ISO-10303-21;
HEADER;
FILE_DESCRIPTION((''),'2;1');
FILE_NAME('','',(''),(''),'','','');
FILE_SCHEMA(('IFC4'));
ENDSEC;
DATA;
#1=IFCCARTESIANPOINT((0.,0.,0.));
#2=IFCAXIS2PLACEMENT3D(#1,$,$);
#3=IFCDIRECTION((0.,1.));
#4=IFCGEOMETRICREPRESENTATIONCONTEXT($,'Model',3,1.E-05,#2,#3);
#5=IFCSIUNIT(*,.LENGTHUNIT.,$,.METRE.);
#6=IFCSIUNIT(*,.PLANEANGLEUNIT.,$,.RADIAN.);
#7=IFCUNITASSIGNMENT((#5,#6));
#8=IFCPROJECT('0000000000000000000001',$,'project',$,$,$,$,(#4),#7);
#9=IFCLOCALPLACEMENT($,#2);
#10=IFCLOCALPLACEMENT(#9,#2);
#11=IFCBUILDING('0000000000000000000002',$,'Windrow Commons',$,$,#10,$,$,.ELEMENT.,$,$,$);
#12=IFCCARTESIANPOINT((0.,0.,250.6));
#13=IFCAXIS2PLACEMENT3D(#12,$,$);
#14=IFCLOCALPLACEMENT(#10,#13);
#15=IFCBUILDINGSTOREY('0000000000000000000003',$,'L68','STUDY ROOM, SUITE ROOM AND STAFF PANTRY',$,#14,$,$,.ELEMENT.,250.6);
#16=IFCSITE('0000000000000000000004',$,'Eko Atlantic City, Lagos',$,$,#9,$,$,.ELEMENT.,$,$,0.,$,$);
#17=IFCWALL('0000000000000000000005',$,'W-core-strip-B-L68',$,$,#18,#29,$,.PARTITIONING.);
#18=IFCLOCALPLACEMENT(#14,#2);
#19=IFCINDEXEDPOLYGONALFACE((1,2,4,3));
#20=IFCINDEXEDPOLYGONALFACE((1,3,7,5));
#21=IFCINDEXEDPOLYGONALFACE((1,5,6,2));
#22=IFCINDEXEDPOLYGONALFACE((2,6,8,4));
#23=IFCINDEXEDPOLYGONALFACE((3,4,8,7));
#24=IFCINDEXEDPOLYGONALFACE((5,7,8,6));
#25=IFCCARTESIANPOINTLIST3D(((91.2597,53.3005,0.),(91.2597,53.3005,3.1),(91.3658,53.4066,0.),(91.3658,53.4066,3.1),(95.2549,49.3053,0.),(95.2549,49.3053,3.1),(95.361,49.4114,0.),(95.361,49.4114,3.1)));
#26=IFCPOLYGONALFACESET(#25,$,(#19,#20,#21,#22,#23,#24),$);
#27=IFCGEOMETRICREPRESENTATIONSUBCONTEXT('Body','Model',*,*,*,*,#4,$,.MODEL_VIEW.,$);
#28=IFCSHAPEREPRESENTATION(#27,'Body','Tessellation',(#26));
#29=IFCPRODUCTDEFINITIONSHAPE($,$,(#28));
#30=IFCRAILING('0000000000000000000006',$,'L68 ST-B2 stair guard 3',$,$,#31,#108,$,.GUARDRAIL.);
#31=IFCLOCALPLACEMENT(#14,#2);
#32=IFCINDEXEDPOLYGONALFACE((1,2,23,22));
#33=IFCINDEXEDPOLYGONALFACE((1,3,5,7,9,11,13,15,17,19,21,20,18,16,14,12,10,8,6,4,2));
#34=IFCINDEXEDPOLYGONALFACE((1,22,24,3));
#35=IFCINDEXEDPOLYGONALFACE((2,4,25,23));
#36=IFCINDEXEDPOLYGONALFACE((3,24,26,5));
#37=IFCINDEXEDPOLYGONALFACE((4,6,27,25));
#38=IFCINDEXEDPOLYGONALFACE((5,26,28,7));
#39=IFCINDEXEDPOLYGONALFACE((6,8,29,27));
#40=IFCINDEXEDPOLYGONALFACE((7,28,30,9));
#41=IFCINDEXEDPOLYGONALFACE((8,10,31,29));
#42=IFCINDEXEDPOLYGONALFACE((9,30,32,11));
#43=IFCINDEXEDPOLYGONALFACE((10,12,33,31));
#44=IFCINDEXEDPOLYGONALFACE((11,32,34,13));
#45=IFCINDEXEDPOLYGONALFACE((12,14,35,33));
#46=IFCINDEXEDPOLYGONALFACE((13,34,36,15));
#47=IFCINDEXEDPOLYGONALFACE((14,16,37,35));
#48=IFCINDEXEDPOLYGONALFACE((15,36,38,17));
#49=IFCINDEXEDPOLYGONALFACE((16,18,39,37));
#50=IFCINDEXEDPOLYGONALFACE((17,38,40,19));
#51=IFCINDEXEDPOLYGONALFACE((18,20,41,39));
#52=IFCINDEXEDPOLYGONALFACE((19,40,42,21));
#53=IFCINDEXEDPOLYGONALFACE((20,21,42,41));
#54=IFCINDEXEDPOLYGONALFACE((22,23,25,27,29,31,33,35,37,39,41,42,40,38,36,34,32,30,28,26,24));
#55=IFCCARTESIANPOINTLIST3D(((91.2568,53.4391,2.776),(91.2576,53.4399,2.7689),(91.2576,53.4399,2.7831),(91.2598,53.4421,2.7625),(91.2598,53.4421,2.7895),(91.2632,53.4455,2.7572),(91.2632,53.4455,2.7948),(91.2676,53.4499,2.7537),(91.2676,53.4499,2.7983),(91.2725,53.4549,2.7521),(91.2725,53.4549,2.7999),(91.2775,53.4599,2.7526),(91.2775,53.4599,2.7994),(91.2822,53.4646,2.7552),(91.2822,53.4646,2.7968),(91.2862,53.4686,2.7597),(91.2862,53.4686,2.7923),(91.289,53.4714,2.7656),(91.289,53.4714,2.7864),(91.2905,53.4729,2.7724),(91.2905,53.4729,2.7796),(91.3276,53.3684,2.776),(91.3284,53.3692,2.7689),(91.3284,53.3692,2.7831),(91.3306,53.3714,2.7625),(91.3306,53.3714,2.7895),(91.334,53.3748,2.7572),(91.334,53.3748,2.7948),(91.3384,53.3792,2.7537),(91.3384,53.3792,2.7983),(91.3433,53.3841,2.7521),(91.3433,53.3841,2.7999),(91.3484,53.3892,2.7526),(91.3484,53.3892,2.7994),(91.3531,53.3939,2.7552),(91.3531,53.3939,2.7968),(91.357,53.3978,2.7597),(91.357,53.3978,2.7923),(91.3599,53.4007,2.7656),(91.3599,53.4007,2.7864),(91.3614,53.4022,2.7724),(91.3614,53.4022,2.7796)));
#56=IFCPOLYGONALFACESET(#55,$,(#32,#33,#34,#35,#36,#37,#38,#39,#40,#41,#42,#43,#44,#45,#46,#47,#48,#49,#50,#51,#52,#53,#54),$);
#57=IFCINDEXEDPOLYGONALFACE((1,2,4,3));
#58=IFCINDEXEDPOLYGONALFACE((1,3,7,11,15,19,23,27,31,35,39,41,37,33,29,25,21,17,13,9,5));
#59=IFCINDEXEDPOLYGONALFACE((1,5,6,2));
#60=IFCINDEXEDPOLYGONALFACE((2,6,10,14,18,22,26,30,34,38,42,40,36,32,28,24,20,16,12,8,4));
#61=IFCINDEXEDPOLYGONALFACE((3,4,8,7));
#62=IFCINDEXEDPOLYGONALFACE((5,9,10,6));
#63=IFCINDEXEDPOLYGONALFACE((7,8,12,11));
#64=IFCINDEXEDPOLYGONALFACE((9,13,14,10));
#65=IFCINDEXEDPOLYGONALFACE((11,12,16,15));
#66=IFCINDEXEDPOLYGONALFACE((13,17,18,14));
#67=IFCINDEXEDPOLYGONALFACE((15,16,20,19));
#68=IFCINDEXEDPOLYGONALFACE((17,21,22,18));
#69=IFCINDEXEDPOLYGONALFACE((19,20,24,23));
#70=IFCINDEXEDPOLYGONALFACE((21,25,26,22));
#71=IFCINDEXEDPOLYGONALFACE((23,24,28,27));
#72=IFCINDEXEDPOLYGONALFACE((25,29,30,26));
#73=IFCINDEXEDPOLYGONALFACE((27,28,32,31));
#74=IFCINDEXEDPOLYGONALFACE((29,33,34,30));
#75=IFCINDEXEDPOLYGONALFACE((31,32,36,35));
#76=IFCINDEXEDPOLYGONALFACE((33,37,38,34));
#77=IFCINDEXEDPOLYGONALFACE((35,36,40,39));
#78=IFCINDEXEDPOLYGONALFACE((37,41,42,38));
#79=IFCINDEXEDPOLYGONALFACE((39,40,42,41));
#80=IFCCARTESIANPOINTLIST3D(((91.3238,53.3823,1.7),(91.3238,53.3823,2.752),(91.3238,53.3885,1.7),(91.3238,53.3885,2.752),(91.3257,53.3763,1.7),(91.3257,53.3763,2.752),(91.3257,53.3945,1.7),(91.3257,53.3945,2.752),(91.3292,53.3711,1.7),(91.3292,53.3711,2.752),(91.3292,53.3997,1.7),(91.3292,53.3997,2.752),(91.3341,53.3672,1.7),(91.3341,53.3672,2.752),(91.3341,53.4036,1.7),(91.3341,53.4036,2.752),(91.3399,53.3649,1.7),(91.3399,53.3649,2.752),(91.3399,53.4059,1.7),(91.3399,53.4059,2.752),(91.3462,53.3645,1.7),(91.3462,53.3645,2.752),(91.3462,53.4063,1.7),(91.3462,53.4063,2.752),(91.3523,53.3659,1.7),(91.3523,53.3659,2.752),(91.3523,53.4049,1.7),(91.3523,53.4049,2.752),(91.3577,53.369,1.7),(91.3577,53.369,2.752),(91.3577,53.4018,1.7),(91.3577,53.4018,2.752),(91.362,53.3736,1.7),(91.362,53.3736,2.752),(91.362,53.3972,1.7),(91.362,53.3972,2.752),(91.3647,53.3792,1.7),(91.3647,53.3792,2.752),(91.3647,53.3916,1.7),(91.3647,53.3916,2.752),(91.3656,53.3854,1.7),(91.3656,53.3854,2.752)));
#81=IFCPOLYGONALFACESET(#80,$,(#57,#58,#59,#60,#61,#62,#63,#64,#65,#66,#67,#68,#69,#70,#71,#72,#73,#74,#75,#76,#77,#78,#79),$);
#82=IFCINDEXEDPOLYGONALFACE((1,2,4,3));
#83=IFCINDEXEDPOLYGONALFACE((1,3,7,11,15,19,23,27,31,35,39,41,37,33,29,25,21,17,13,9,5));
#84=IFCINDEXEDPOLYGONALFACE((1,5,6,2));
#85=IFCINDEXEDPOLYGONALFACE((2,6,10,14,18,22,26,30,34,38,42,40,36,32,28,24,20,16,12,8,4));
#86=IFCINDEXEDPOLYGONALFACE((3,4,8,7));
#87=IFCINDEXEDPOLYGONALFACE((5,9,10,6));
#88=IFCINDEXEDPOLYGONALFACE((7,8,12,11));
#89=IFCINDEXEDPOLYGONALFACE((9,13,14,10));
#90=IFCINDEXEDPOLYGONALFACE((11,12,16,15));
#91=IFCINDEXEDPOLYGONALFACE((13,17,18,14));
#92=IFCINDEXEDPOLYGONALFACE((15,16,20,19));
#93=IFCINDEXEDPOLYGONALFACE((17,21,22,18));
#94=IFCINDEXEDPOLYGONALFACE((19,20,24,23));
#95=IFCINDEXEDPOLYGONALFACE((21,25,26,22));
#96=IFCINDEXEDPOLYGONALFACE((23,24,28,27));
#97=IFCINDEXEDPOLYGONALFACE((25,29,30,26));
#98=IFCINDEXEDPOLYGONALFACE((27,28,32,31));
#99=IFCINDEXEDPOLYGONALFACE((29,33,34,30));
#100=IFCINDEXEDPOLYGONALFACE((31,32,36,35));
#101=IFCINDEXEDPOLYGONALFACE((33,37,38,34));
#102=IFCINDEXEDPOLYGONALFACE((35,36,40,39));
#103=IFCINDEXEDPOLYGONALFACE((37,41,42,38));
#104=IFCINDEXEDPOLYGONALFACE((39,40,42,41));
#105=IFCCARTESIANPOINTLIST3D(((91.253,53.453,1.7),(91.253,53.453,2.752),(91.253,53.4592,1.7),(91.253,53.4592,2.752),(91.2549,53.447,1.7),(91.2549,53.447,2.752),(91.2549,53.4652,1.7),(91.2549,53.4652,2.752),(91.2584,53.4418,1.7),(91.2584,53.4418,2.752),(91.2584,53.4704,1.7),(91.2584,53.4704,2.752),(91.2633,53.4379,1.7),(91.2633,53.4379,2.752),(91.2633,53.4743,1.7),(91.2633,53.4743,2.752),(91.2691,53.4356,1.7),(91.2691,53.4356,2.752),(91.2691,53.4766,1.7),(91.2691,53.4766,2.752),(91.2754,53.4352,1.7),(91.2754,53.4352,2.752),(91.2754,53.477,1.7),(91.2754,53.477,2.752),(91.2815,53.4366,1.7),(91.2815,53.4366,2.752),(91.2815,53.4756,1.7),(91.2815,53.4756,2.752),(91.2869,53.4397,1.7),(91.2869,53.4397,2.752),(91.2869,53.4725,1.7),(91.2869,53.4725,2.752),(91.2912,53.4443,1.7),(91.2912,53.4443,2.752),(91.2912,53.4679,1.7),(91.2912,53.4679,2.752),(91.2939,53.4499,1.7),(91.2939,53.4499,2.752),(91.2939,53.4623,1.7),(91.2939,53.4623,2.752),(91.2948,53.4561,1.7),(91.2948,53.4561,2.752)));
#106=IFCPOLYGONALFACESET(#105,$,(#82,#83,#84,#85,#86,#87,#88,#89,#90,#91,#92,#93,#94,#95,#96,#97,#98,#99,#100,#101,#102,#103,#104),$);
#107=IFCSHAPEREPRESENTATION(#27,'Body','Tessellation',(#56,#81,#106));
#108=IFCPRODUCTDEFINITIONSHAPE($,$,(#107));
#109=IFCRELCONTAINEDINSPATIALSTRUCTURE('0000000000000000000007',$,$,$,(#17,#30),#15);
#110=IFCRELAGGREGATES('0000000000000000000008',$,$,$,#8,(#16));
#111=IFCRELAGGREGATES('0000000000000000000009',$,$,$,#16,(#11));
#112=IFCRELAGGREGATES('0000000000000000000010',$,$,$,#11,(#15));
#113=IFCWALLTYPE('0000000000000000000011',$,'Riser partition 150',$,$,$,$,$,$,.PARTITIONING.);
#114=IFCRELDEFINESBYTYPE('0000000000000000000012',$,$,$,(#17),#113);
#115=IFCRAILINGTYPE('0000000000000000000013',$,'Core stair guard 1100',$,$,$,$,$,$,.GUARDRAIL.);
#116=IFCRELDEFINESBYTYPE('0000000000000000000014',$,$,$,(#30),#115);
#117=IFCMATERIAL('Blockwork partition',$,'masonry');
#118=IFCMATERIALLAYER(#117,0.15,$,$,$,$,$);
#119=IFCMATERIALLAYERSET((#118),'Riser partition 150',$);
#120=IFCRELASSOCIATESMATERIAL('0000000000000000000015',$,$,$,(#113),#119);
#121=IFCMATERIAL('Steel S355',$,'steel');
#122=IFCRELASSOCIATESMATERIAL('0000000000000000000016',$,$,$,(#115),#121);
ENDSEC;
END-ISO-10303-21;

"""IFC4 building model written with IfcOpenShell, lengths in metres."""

from ifc_helpers import new_model, si_unit, direction, frame, frame_2d, origin, origin_2d, place, context, subcontext, project, spatial, rectangle, circle, extrude, material, layer, layer_set, type_object, element, save


model = new_model("IFC4")

# Units and contexts
model_context = context("Model", 3, precision=1e-05, world=origin(), true_north=direction((0.0, 1.0)))
body_context = subcontext(model_context, "Body", "Model", "MODEL_VIEW")
ifc_project = project(units=[si_unit("LENGTHUNIT", "METRE"), si_unit("PLANEANGLEUNIT", "RADIAN")], contexts=[model_context])

# Site, building, storey
site_placement = place(None, origin())
site = spatial("IfcSite", under=ifc_project, at=site_placement, Name="Eko Atlantic City, Lagos", CompositionType="ELEMENT", RefElevation=0.0)
building_placement = place(site_placement, origin())
building = spatial("IfcBuilding", under=site, at=building_placement, Name="Windrow Commons", CompositionType="ELEMENT")
storey_placement = place(building_placement, frame((0.0, 0.0, 250.6)))
storey = spatial("IfcBuildingStorey", under=building, at=storey_placement, Name="L68", Description="STUDY ROOM, SUITE ROOM AND STAFF PANTRY", CompositionType="ELEMENT", Elevation=250.6)

# Wall
ifc_material_1 = material(Name="Blockwork partition", Category="masonry")
ifc_layer_1 = layer(ifc_material_1, 0.15)
ifc_layer_set_1 = layer_set([ifc_layer_1], Name="Riser partition 150")
wall_type_1 = type_object("IfcWallType", Name="Riser partition 150", PredefinedType="PARTITIONING", material=ifc_layer_set_1)
wall_1_placement = place(storey_placement, frame((91.3127, 53.3536, 0.0), z_axis=(0.0, 0.0, 1.0), x_axis=(0.707107, -0.707107, 0.0)))
element("IfcWall", 1, at=wall_1_placement, inside=storey, type_object=wall_type_1, Name="W-core-strip-B-L68", PredefinedType="PARTITIONING", context=body_context, shape_type="SweptSolid", body=[
    extrude(rectangle(XDim=5.6501, YDim=0.15, at=frame_2d((2.8251, 0.0))), origin(), (0.0, 0.0, 1.0), 3.1),
])

# Railing
ifc_material_2 = material(Name="Steel S355", Category="steel")
railing_type = type_object("IfcRailingType", Name="Core stair guard 1100", PredefinedType="GUARDRAIL", material=ifc_material_2)
railing_placement = place(storey_placement, frame((91.3446, 53.3854, 1.7)))
element("IfcRailing", 2, at=railing_placement, inside=storey, type_object=railing_type, Name="L68 ST-B2 stair guard 3", PredefinedType="GUARDRAIL", context=body_context, shape_type="SweptSolid", body=[
    extrude(circle(Radius=0.024, at=origin_2d()), frame((0.0, 0.0, 1.076), z_axis=(-0.707606, 0.706607, 0.0), x_axis=(-0.706607, -0.707606, 0.0)), (0.0, 0.0, 1.0), 0.1001),
    extrude(circle(Radius=0.021, at=origin_2d()), origin(), (0.0, 0.0, 1.0), 1.052),
    extrude(circle(Radius=0.021, at=origin_2d()), frame((-0.0708, 0.0707, 0.0)), (0.0, 0.0, 1.0), 1.052),
])

save(model, "model.ifc")
